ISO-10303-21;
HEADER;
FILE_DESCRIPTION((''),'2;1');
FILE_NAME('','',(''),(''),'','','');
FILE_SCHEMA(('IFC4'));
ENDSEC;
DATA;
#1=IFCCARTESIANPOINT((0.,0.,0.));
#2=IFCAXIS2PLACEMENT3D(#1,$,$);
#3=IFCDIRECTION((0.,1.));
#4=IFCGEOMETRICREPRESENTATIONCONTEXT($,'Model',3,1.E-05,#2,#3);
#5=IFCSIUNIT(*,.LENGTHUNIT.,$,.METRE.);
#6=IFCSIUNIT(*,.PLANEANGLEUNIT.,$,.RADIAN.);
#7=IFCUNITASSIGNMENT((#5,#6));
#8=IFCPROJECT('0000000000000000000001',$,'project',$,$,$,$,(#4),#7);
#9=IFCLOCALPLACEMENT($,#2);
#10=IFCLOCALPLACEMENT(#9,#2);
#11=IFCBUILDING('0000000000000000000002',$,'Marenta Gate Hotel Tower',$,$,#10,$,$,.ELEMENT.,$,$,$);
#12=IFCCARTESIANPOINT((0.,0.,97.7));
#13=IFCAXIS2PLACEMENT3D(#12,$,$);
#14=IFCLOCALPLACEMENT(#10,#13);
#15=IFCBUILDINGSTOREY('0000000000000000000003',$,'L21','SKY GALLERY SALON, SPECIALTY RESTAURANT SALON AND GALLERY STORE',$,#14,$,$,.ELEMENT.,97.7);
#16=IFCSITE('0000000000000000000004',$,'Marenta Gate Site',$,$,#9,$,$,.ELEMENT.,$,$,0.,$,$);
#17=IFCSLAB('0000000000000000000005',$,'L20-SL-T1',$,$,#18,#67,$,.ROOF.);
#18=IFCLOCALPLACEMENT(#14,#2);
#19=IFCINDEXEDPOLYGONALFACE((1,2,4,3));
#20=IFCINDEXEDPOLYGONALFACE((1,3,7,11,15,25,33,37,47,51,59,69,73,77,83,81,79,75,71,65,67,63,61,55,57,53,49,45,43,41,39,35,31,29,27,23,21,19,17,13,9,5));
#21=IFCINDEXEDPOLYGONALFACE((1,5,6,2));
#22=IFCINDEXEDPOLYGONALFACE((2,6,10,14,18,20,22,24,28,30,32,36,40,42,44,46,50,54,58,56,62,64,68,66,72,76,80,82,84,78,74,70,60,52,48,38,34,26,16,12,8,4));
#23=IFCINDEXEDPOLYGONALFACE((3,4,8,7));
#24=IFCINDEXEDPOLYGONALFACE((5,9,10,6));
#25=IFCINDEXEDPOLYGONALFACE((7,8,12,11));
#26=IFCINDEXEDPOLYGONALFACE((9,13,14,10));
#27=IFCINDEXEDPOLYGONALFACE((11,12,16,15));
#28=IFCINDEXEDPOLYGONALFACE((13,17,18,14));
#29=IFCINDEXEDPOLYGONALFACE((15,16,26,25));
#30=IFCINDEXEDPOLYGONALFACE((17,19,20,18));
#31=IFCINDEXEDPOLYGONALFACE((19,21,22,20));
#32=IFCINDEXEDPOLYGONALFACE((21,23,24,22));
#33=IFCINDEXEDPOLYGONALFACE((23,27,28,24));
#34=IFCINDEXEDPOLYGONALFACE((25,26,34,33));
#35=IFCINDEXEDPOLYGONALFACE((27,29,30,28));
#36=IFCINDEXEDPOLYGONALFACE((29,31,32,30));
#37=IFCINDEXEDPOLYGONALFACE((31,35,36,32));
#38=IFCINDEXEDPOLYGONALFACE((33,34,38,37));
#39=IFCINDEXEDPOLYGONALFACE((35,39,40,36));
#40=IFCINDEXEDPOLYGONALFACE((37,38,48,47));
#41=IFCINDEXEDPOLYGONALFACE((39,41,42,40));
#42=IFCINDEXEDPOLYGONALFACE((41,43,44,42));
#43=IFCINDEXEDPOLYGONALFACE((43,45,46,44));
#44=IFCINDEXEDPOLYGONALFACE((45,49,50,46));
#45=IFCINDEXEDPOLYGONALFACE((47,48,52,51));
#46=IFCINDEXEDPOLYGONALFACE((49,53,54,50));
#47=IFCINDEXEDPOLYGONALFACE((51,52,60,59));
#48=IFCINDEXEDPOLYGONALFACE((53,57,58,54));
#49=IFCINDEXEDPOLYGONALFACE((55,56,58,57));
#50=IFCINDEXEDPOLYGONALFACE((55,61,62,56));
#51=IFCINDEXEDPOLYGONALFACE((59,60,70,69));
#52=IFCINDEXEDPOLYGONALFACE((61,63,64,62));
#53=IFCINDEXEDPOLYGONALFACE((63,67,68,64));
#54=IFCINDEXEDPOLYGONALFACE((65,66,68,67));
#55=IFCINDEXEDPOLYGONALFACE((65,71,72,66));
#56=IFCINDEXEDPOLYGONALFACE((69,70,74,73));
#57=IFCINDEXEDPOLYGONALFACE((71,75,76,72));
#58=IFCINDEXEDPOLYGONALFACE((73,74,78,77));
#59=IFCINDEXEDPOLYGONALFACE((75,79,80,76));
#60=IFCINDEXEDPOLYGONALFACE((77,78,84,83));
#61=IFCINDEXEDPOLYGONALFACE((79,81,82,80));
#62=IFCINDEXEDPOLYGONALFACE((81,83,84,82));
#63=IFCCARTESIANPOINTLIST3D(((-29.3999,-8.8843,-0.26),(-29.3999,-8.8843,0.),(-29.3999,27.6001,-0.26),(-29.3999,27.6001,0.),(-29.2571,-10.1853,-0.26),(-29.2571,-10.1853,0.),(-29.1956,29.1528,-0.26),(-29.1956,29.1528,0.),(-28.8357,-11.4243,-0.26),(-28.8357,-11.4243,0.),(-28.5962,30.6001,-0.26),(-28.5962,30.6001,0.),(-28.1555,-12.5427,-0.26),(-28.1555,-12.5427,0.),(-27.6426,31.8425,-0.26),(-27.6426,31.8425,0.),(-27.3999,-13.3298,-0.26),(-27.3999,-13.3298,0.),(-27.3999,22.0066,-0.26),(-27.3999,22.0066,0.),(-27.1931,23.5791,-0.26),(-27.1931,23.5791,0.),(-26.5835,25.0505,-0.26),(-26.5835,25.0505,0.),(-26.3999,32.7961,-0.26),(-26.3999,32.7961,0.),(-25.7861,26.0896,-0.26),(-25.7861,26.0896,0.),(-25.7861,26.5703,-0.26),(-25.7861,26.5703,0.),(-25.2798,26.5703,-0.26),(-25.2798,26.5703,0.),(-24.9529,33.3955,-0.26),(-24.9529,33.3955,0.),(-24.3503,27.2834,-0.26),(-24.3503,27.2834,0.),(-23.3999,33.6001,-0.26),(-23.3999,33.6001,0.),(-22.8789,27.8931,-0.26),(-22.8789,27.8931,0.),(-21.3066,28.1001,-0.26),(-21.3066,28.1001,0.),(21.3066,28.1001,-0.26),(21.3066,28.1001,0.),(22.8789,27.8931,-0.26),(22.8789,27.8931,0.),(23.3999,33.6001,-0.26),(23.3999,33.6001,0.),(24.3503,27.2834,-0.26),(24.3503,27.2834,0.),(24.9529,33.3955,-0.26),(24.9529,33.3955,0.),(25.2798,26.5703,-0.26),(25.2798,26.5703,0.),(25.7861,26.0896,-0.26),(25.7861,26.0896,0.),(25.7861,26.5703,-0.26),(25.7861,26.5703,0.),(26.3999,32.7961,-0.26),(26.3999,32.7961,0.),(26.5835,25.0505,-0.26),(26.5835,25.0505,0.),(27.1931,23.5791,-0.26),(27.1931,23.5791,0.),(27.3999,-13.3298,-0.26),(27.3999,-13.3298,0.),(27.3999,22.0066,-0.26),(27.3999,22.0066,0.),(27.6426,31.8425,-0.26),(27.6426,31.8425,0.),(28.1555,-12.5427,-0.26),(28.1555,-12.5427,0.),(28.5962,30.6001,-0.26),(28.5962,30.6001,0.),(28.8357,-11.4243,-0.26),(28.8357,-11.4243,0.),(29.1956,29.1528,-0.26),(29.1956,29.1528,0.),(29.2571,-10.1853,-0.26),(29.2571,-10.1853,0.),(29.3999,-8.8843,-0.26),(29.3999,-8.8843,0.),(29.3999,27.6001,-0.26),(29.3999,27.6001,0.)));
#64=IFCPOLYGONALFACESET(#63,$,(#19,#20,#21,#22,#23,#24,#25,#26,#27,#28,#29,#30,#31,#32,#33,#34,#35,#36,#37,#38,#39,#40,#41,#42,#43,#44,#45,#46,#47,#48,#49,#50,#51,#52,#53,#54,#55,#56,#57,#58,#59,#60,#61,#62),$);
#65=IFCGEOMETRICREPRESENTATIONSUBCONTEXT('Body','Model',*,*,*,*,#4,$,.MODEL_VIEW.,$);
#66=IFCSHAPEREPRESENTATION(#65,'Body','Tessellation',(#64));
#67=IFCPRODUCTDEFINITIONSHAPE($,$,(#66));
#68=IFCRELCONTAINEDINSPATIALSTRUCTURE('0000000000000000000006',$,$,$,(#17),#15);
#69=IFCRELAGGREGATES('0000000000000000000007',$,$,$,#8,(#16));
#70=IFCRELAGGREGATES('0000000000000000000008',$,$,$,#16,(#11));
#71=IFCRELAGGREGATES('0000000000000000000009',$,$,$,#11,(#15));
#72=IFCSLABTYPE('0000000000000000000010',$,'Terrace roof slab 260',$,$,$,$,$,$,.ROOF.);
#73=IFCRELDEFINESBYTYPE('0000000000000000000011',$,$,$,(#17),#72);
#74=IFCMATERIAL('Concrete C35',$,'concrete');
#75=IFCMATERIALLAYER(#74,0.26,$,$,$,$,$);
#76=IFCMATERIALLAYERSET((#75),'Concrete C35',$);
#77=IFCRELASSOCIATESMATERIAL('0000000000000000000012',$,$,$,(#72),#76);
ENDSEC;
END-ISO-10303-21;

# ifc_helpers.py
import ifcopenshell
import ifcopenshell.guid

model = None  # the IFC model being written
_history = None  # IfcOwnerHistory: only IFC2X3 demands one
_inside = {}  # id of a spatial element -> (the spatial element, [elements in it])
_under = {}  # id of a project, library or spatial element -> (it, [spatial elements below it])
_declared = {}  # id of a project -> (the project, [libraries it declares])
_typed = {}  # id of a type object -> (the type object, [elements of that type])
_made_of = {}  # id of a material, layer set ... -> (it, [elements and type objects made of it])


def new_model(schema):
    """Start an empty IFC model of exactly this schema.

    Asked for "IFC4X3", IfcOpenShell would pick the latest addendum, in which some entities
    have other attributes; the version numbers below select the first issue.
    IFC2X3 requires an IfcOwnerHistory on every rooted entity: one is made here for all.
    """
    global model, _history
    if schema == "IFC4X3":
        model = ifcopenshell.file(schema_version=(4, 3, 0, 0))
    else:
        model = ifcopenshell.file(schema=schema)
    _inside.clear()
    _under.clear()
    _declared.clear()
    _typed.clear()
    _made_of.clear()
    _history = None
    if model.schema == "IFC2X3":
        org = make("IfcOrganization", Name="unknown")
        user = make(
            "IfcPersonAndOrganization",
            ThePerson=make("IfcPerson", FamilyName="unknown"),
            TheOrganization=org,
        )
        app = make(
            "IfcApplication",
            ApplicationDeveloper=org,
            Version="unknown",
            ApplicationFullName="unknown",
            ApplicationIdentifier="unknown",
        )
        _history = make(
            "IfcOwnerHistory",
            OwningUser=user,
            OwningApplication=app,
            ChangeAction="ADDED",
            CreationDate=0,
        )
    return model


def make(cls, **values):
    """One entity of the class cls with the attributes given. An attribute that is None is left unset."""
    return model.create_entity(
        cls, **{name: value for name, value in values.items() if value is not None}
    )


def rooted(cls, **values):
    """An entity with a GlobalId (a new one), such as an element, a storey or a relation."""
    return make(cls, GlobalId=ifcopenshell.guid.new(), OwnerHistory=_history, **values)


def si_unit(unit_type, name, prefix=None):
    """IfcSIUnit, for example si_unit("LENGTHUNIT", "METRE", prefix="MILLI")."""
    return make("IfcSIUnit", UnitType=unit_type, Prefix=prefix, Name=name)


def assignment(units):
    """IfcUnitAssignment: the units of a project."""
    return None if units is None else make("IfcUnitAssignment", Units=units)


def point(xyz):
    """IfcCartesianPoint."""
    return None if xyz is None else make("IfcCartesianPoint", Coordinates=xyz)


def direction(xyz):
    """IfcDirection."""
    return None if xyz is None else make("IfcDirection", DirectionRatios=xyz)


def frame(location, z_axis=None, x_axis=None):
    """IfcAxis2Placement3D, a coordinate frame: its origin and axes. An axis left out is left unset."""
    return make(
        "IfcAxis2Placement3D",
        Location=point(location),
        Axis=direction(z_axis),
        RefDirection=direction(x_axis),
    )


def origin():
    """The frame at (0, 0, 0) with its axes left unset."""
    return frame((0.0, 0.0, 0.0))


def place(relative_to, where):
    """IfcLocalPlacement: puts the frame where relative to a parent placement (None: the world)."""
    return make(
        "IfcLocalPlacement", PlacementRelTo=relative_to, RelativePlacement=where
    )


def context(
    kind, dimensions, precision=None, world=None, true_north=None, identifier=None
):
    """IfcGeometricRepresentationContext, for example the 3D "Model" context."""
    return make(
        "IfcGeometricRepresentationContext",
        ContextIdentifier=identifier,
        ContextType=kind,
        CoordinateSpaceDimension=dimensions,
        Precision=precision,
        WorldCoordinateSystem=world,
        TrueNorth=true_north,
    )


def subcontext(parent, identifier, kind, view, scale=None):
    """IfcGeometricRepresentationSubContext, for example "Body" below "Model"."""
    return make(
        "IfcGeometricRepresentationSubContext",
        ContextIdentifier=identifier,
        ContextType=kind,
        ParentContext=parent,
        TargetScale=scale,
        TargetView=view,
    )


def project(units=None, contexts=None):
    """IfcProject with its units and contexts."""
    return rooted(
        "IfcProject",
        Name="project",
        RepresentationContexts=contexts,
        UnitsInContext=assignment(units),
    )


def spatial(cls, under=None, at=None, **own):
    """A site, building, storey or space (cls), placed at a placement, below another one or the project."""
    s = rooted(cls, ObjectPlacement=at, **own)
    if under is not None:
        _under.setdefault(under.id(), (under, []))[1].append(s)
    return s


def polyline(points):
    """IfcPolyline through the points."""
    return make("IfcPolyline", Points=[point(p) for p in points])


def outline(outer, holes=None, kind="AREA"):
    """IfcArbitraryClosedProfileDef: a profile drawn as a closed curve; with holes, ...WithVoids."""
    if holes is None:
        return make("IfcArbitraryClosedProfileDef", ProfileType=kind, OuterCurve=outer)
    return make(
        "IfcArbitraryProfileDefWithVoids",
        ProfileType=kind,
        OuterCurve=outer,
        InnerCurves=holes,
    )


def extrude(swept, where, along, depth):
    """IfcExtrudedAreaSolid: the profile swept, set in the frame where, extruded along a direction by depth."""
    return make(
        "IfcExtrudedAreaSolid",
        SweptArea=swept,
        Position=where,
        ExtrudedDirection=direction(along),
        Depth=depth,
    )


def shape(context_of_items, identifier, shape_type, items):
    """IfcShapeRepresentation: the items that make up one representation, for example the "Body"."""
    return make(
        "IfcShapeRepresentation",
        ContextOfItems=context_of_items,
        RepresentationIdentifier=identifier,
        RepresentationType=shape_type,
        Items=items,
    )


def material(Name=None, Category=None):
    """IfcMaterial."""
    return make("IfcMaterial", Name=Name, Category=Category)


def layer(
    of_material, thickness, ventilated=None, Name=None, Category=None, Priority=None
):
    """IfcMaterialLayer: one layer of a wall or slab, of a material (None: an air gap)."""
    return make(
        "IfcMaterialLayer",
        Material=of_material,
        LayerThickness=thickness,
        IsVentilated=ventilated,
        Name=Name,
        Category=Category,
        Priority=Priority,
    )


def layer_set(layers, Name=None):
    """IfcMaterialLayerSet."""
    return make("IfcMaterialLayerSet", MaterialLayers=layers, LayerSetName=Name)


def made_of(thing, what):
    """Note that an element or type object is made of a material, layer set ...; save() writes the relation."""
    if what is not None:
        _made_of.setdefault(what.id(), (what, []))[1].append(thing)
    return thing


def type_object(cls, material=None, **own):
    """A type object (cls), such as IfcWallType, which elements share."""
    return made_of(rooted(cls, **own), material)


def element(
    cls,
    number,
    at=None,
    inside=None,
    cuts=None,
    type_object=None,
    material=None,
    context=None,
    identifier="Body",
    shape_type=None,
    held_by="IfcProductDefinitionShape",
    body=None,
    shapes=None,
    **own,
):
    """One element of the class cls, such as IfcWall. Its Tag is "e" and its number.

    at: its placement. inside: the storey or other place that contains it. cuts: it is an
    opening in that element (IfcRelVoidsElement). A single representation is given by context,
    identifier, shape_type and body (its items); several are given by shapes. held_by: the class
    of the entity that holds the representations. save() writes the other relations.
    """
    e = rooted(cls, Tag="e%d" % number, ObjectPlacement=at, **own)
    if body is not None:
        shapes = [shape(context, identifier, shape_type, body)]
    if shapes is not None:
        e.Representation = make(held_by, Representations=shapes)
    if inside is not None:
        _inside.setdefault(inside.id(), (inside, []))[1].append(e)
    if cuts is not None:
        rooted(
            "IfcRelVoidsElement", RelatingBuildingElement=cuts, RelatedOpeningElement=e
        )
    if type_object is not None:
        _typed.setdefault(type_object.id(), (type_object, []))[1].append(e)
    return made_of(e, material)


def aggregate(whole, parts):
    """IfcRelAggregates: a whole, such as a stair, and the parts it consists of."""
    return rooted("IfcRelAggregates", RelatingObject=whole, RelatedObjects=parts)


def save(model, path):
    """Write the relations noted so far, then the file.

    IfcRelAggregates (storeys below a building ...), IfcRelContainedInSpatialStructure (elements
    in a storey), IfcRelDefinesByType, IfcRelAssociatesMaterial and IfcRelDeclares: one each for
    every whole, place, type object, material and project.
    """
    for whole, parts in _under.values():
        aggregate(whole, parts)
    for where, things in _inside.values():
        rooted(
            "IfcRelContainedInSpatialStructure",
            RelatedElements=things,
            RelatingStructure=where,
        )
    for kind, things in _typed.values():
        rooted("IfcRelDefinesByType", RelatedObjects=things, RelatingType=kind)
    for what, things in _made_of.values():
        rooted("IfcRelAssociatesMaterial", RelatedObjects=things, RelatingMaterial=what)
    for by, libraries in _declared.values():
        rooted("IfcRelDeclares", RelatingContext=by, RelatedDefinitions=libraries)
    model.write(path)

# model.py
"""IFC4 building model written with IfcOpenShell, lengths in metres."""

from ifc_helpers import new_model, si_unit, direction, frame, origin, place, context, subcontext, project, spatial, polyline, outline, extrude, material, layer, layer_set, type_object, element, save


model = new_model("IFC4")

# Units and contexts
model_context = context("Model", 3, precision=1e-05, world=origin(), true_north=direction((0.0, 1.0)))
body_context = subcontext(model_context, "Body", "Model", "MODEL_VIEW")
ifc_project = project(units=[si_unit("LENGTHUNIT", "METRE"), si_unit("PLANEANGLEUNIT", "RADIAN")], contexts=[model_context])

# Site, building, storey
site_placement = place(None, origin())
site = spatial("IfcSite", under=ifc_project, at=site_placement, Name="Marenta Gate Site", CompositionType="ELEMENT", RefElevation=0.0)
building_placement = place(site_placement, origin())
building = spatial("IfcBuilding", under=site, at=building_placement, Name="Marenta Gate Hotel Tower", CompositionType="ELEMENT")
storey_placement = place(building_placement, frame((0.0, 0.0, 97.7)))
storey = spatial("IfcBuildingStorey", under=building, at=storey_placement, Name="L21", Description="SKY GALLERY SALON, SPECIALTY RESTAURANT SALON AND GALLERY STORE", CompositionType="ELEMENT", Elevation=97.7)

# Slab
ifc_material_1 = material(Name="Concrete C35", Category="concrete")
ifc_layer_1 = layer(ifc_material_1, 0.26)
ifc_layer_set_1 = layer_set([ifc_layer_1], Name="Concrete C35")
slab_type_1 = type_object("IfcSlabType", Name="Terrace roof slab 260", PredefinedType="ROOF", material=ifc_layer_set_1)
slab_1_placement = place(storey_placement, frame((0.0, 0.0, -0.26)))
element("IfcSlab", 1, at=slab_1_placement, inside=storey, type_object=slab_type_1, Name="L20-SL-T1", PredefinedType="ROOF", context=body_context, shape_type="SweptSolid", body=[
    extrude(outline(polyline([(-29.3999, -8.8843), (-29.3999, 27.6001), (-29.1956, 29.1528), (-28.5962, 30.6001), (-27.6426, 31.8425), (-26.3999, 32.7961), (-24.9529, 33.3955), (-23.3999, 33.6001), (23.3999, 33.6001), (24.9529, 33.3955), (26.3999, 32.7961), (27.6426, 31.8425), (28.5962, 30.6001), (29.1956, 29.1528), (29.3999, 27.6001), (29.3999, -8.8843), (29.2571, -10.1853), (28.8357, -11.4243), (28.1555, -12.5427), (27.3999, -13.3298), (27.3999, 22.0066), (27.1931, 23.5791), (26.5835, 25.0505), (25.7861, 26.0896), (25.7861, 26.5703), (25.2798, 26.5703), (24.3503, 27.2834), (22.8789, 27.8931), (21.3066, 28.1001), (-21.3066, 28.1001), (-22.8789, 27.8931), (-24.3503, 27.2834), (-25.2798, 26.5703), (-25.7861, 26.5703), (-25.7861, 26.0896), (-26.5835, 25.0505), (-27.1931, 23.5791), (-27.3999, 22.0066), (-27.3999, -13.3298), (-28.1555, -12.5427), (-28.8357, -11.4243), (-29.2571, -10.1853), (-29.3999, -8.8843)])), origin(), (0.0, 0.0, 1.0), 0.26),
])

save(model, "model.ifc")
